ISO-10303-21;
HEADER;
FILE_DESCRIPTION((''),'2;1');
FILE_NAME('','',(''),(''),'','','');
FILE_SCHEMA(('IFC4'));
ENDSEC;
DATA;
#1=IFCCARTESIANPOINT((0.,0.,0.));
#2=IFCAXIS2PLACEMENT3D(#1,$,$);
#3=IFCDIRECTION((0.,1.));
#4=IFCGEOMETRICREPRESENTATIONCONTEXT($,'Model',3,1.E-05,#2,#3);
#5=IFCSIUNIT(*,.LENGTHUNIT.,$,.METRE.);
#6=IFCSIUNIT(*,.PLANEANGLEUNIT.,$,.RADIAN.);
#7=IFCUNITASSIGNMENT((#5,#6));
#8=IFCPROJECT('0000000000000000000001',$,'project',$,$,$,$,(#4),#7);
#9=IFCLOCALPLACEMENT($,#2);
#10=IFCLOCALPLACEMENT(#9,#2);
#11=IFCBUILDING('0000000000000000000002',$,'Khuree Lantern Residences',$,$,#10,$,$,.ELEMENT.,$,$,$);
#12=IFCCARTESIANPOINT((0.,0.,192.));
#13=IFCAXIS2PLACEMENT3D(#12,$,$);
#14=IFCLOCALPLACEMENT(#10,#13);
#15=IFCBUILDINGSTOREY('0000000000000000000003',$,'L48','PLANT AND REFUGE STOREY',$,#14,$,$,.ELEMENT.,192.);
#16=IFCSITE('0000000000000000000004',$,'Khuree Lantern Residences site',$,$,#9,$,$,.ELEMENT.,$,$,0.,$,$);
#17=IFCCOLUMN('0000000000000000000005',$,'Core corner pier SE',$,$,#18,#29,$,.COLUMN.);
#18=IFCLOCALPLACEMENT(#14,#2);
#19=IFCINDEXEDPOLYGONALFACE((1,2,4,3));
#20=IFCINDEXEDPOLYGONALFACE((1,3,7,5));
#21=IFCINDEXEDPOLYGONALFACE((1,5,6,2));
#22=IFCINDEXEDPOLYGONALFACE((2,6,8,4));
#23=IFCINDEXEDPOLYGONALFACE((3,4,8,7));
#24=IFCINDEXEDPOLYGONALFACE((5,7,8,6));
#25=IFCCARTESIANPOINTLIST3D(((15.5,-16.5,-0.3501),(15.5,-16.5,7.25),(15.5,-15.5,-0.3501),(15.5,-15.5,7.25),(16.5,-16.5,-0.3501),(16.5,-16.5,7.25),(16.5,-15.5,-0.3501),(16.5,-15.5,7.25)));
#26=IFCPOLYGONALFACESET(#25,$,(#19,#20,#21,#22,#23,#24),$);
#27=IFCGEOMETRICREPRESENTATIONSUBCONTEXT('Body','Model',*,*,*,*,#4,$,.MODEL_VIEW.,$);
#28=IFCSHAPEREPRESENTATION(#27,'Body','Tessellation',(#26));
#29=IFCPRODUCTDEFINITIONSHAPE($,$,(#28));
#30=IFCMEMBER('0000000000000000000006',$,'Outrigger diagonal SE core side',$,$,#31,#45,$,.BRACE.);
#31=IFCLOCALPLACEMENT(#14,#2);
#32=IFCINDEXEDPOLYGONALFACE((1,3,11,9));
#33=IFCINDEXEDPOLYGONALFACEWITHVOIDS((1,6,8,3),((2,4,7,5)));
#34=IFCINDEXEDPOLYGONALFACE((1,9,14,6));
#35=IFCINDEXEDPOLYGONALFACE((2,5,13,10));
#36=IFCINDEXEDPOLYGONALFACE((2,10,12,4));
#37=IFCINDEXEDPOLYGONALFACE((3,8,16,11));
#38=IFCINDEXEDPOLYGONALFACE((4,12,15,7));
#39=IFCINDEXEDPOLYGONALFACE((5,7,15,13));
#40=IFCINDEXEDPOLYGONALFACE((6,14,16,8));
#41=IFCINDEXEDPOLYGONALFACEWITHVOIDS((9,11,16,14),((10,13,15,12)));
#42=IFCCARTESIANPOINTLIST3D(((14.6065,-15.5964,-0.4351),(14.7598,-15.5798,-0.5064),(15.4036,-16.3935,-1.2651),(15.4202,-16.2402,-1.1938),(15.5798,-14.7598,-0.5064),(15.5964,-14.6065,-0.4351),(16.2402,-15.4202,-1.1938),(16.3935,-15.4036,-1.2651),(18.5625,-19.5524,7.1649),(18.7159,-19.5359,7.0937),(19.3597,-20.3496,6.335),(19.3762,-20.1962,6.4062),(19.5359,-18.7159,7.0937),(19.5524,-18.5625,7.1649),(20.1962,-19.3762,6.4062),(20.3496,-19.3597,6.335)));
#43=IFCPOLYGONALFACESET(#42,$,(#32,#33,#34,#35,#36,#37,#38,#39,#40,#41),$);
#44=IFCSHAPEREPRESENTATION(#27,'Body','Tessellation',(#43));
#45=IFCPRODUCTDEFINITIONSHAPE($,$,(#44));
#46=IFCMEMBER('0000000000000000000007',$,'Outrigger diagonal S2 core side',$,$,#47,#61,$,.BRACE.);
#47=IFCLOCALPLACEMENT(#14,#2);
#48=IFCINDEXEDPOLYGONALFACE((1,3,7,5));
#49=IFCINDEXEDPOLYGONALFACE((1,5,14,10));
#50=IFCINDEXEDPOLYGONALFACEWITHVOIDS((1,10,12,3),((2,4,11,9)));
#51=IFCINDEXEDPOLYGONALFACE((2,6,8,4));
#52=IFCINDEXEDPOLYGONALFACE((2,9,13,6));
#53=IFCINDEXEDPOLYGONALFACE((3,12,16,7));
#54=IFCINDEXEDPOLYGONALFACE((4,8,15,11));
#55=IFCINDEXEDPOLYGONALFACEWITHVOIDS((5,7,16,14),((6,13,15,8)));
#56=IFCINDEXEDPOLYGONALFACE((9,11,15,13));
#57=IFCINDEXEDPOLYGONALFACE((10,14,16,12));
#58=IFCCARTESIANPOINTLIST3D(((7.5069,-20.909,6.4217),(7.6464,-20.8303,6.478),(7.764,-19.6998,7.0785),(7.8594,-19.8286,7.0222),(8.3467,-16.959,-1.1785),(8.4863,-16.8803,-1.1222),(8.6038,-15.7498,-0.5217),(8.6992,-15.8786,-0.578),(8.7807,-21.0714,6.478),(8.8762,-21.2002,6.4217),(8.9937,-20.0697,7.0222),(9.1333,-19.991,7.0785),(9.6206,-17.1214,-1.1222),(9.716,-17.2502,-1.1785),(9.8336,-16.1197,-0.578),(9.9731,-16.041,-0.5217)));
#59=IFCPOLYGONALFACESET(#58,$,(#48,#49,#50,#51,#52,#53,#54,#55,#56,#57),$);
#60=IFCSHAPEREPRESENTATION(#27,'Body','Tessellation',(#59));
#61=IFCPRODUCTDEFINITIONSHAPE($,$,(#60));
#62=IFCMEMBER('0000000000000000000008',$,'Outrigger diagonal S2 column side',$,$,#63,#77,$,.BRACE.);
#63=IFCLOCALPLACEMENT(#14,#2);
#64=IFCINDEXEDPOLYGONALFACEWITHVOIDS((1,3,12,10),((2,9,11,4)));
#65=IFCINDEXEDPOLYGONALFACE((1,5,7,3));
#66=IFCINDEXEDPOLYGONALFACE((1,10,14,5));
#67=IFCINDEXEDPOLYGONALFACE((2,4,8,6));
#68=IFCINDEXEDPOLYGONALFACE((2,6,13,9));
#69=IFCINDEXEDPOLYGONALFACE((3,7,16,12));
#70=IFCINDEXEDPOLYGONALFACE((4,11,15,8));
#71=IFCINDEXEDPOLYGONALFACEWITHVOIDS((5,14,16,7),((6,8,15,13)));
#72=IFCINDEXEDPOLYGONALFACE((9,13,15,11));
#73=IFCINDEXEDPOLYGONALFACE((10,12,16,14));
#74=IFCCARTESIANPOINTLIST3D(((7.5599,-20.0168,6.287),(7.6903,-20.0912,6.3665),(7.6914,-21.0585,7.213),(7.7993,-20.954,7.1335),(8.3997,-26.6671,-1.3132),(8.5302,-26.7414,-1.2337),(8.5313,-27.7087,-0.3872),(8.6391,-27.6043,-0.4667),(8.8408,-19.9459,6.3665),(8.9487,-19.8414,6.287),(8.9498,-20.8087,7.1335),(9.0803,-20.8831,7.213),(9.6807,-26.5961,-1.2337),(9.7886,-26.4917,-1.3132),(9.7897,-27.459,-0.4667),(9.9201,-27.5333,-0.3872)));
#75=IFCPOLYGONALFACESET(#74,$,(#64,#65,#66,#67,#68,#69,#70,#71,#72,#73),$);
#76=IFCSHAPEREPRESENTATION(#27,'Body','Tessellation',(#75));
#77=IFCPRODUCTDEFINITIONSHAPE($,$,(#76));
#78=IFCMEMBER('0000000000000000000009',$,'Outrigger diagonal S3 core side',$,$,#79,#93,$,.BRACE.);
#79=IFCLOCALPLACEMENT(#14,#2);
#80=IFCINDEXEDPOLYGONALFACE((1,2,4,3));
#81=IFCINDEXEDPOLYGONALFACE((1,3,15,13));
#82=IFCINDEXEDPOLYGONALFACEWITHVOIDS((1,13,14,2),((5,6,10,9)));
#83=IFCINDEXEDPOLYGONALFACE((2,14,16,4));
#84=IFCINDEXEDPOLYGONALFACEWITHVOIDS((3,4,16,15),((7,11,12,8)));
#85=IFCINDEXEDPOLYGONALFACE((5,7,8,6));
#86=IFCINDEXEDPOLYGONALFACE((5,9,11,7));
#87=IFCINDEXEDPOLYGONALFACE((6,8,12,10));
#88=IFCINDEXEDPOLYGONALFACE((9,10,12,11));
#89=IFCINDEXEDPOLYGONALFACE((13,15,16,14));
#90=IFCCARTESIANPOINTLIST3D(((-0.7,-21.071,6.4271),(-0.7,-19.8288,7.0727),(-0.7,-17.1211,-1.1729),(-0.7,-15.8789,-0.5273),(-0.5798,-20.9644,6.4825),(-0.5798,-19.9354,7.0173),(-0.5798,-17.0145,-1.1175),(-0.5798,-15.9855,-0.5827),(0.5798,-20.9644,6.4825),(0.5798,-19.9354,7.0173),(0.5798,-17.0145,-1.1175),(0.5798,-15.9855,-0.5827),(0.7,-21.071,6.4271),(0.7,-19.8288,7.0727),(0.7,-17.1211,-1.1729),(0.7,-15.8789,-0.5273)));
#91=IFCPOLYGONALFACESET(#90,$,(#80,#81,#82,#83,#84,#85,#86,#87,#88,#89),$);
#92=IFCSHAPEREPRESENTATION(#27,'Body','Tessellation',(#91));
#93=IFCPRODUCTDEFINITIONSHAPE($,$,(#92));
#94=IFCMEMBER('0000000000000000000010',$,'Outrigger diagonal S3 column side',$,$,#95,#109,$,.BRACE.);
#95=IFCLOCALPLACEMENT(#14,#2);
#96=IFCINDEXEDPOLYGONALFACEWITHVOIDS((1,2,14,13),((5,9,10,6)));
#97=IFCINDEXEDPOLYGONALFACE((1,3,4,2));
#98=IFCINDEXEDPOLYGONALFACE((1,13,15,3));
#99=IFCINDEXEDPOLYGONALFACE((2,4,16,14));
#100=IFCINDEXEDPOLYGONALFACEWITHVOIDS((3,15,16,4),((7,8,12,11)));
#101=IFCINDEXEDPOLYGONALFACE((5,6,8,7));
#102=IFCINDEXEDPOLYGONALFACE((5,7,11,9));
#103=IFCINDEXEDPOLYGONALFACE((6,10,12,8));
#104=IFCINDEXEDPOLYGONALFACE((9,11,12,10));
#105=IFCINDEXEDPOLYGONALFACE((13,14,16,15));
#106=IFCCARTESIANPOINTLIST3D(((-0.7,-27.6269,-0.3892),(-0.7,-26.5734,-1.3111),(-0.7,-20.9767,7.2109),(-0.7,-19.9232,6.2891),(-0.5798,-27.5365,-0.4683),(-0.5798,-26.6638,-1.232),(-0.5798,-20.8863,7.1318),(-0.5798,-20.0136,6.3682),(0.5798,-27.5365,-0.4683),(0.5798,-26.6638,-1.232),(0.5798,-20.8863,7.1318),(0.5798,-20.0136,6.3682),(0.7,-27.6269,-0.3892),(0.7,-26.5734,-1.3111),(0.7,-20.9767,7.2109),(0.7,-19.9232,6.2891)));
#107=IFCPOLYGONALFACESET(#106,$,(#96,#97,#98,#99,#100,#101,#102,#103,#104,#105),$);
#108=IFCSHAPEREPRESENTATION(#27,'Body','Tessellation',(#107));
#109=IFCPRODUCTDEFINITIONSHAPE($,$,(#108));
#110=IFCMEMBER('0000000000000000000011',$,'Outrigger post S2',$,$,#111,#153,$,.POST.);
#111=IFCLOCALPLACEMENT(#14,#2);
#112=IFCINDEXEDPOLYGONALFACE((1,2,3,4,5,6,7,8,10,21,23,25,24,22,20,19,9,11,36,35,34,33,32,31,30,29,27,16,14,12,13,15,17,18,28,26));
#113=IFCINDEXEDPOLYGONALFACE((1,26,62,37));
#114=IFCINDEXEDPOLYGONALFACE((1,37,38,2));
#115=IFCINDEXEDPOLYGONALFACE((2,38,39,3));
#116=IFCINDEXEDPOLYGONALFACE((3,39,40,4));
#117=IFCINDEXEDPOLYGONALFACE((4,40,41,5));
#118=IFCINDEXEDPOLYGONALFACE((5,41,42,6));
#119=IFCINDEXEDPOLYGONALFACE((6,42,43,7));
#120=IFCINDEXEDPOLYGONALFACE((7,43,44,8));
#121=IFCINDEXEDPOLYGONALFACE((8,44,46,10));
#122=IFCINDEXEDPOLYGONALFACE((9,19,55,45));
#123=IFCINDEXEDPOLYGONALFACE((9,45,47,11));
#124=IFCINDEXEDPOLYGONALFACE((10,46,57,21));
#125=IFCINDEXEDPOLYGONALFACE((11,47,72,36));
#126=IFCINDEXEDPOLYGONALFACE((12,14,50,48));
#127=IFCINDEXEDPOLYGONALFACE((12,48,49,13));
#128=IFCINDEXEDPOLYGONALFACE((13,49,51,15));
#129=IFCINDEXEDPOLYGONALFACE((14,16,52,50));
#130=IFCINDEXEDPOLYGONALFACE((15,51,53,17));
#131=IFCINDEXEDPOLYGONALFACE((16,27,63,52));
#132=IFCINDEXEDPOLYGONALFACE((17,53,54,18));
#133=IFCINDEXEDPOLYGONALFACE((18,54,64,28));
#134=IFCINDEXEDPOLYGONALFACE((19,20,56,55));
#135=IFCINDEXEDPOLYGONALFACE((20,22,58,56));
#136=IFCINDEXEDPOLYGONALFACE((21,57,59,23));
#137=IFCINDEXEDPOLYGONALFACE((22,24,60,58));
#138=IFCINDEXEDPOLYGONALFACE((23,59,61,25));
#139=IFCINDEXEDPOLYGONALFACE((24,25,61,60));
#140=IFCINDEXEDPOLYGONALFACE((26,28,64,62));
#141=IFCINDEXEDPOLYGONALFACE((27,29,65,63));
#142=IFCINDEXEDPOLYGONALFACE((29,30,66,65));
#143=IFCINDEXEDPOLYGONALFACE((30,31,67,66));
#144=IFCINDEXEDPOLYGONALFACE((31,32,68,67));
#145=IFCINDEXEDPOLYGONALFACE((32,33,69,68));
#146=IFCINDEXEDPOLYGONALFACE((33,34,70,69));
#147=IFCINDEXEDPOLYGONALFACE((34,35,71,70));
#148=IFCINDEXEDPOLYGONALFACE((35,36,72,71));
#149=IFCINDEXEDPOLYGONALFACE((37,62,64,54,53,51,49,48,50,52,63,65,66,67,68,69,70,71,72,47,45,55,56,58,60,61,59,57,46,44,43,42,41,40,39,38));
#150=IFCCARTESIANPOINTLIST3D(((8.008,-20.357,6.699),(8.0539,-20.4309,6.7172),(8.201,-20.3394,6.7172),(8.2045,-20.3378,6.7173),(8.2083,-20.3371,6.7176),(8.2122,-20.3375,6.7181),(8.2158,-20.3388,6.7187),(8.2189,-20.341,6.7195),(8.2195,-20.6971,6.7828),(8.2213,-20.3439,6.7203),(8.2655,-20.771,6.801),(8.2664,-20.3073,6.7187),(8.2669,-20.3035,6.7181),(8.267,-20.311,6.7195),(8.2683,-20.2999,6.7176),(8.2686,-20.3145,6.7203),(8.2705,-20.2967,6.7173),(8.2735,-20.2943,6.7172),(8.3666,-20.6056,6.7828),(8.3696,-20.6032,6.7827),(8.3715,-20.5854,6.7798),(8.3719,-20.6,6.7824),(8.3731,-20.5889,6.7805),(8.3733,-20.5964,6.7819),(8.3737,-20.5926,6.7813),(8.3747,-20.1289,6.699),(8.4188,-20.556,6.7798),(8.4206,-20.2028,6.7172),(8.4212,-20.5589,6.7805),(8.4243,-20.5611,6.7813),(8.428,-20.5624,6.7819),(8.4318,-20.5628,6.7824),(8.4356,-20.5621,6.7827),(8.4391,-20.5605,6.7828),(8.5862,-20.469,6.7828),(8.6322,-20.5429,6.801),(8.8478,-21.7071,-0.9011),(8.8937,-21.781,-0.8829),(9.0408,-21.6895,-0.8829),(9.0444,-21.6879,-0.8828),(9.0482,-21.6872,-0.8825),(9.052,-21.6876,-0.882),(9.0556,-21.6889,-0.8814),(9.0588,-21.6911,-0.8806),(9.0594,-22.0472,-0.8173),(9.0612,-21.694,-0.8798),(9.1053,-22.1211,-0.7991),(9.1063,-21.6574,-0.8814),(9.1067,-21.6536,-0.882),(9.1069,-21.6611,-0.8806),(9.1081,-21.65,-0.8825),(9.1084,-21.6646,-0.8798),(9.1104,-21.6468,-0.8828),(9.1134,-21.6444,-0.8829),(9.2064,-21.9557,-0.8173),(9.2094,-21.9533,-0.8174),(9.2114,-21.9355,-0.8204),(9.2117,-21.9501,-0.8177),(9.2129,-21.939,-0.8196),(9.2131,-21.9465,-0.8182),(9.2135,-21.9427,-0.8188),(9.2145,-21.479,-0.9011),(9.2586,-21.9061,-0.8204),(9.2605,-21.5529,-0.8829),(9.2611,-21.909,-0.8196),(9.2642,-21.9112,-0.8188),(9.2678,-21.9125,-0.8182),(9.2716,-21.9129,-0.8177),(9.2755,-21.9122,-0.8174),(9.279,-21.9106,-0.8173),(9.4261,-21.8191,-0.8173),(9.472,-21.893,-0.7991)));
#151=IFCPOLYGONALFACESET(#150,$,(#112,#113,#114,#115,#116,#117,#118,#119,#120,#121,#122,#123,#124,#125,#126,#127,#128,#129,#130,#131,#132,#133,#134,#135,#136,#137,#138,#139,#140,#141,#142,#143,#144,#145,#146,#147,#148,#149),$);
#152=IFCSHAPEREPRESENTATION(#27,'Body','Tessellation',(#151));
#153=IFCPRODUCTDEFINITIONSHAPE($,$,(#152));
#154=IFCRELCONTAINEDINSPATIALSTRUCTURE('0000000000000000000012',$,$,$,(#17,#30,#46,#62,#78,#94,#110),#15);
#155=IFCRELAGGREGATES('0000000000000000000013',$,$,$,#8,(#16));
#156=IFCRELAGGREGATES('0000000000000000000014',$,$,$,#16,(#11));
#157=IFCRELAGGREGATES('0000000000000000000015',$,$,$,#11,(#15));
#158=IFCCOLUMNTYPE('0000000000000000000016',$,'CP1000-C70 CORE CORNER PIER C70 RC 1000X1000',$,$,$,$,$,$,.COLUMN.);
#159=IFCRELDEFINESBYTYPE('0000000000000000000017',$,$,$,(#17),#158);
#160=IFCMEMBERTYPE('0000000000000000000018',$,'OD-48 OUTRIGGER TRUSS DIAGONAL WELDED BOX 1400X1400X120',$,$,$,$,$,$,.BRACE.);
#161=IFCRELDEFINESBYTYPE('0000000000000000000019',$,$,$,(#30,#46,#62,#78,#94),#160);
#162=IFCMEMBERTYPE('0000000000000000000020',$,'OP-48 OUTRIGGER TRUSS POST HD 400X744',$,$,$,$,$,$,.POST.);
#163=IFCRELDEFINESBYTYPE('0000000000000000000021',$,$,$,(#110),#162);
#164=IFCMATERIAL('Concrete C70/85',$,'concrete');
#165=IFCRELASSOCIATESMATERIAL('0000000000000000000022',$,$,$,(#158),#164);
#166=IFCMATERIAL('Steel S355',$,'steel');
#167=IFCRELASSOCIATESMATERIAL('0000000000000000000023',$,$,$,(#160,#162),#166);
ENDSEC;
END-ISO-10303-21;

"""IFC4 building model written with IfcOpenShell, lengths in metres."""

from ifc_helpers import new_model, si_unit, direction, frame, origin, origin_2d, place, context, subcontext, project, spatial, rectangle, hollow_rectangle, i_section, extrude, material, material_profile, profile_set, type_object, element, save


model = new_model("IFC4")

# Units and contexts
model_context = context("Model", 3, precision=1e-05, world=origin(), true_north=direction((0.0, 1.0)))
body_context = subcontext(model_context, "Body", "Model", "MODEL_VIEW")
ifc_project = project(units=[si_unit("LENGTHUNIT", "METRE"), si_unit("PLANEANGLEUNIT", "RADIAN")], contexts=[model_context])

# Site, building, storey
site_placement = place(None, origin())
site = spatial("IfcSite", under=ifc_project, at=site_placement, Name="Khuree Lantern Residences site", CompositionType="ELEMENT", RefElevation=0.0)
building_placement = place(site_placement, origin())
building = spatial("IfcBuilding", under=site, at=building_placement, Name="Khuree Lantern Residences", CompositionType="ELEMENT")
storey_placement = place(building_placement, frame((0.0, 0.0, 192.0)))
storey = spatial("IfcBuildingStorey", under=building, at=storey_placement, Name="L48", Description="PLANT AND REFUGE STOREY", CompositionType="ELEMENT", Elevation=192.0)

# Column
ifc_material_1 = material(Name="Concrete C70/85", Category="concrete")
ifc_material_profile_1 = material_profile(ifc_material_1, rectangle(XDim=1.0, YDim=1.0, at=origin_2d()), Name="RC 1000X1000")
ifc_profile_set_1 = profile_set([ifc_material_profile_1], Name="Concrete C70/85")
column_type = type_object("IfcColumnType", Name="CP1000-C70 CORE CORNER PIER C70 RC 1000X1000", PredefinedType="COLUMN", material=ifc_profile_set_1)
column_placement = place(storey_placement, frame((16.0, -16.0, -0.3501), z_axis=(0.0, 0.0, 1.0), x_axis=(1.0, 0.0, 0.0)))
element("IfcColumn", 1, at=column_placement, inside=storey, type_object=column_type, Name="Core corner pier SE", PredefinedType="COLUMN", context=body_context, shape_type="SweptSolid", body=[
    extrude(rectangle(XDim=1.0, YDim=1.0, at=origin_2d()), origin(), (0.0, 0.0, 1.0), 7.6001),
])

# Members
ifc_material_2 = material(Name="Steel S355", Category="steel")
ifc_material_profile_2 = material_profile(ifc_material_2, hollow_rectangle(XDim=1.3999, YDim=1.3999, WallThickness=0.1201, at=origin_2d()), Name="WELDED BOX 1400X1400X120")
ifc_profile_set_2 = profile_set([ifc_material_profile_2], Name="Steel S355")
member_type_1 = type_object("IfcMemberType", Name="OD-48 OUTRIGGER TRUSS DIAGONAL WELDED BOX 1400X1400X120", PredefinedType="BRACE", material=ifc_profile_set_2)
member_1_placement = place(storey_placement, frame((15.5, -15.5, -0.8501), z_axis=(0.419194, -0.419194, 0.805327), x_axis=(0.707107, 0.707107, 0.0)))
element("IfcMember", 2, at=member_1_placement, inside=storey, type_object=member_type_1, Name="Outrigger diagonal SE core side", PredefinedType="BRACE", context=body_context, shape_type="SweptSolid", body=[
    extrude(hollow_rectangle(XDim=1.3999, YDim=1.3999, WallThickness=0.1201, at=origin_2d()), origin(), (0.0, 0.0, 1.0), 9.4373),
])
member_2_placement = place(storey_placement, frame((9.1599, -16.5, -0.8501), z_axis=(-0.097584, -0.458959, 0.883082), x_axis=(0.978135, -0.207972, 0.0)))
element("IfcMember", 3, at=member_2_placement, inside=storey, type_object=member_type_1, Name="Outrigger diagonal S2 core side", PredefinedType="BRACE", context=body_context, shape_type="SweptSolid", body=[
    extrude(hollow_rectangle(XDim=1.3999, YDim=1.3999, WallThickness=0.1201, at=origin_2d()), origin(), (0.0, 0.0, 1.0), 8.6064),
])
member_3_placement = place(storey_placement, frame((8.3201, -20.45, 6.75), z_axis=(0.082877, -0.656243, -0.749985), x_axis=(0.99212, 0.125294, 0.0)))
element("IfcMember", 4, at=member_3_placement, inside=storey, type_object=member_type_1, Name="Outrigger diagonal S2 column side", PredefinedType="BRACE", context=body_context, shape_type="SweptSolid", body=[
    extrude(hollow_rectangle(XDim=1.3999, YDim=1.3999, WallThickness=0.1201, at=origin_2d()), origin(), (0.0, 0.0, 1.0), 10.1338),
])
member_4_placement = place(storey_placement, frame((0.0, -16.5, -0.8501), z_axis=(0.0, -0.46116, 0.887317), x_axis=(1.0, 0.0, 0.0)))
element("IfcMember", 5, at=member_4_placement, inside=storey, type_object=member_type_1, Name="Outrigger diagonal S3 core side", PredefinedType="BRACE", context=body_context, shape_type="SweptSolid", body=[
    extrude(hollow_rectangle(XDim=1.3999, YDim=1.3999, WallThickness=0.1201, at=origin_2d()), origin(), (0.0, 0.0, 1.0), 8.5652),
])
member_5_placement = place(storey_placement, frame((0.0, -20.45, 6.75), z_axis=(0.0, -0.658508, -0.752574), x_axis=(1.0, 0.0, 0.0)))
element("IfcMember", 6, at=member_5_placement, inside=storey, type_object=member_type_1, Name="Outrigger diagonal S3 column side", PredefinedType="BRACE", context=body_context, shape_type="SweptSolid", body=[
    extrude(hollow_rectangle(XDim=1.3999, YDim=1.3999, WallThickness=0.1201, at=origin_2d()), origin(), (0.0, 0.0, 1.0), 10.0989),
])
ifc_material_profile_3 = material_profile(ifc_material_2, i_section(OverallWidth=0.4319, OverallDepth=0.498, WebThickness=0.0557, FlangeThickness=0.0889, FilletRadius=0.0149, at=origin_2d()), Name="HD 400X744")
ifc_profile_set_3 = profile_set([ifc_material_profile_3], Name="Steel S355")
member_type_2 = type_object("IfcMemberType", Name="OP-48 OUTRIGGER TRUSS POST HD 400X744", PredefinedType="POST", material=ifc_profile_set_3)
member_6_placement = place(storey_placement, frame((9.1599, -21.8, -0.8501), z_axis=(-0.108163, 0.173878, 0.978809), x_axis=(-0.849118, -0.528203, 0.0)))
element("IfcMember", 7, at=member_6_placement, inside=storey, type_object=member_type_2, Name="Outrigger post S2", PredefinedType="POST", context=body_context, shape_type="SweptSolid", body=[
    extrude(i_section(OverallWidth=0.4319, OverallDepth=0.498, WebThickness=0.0557, FlangeThickness=0.0889, FilletRadius=0.0149, at=origin_2d()), origin(), (0.0, 0.0, 1.0), 7.7646),
])

save(model, "model.ifc")
